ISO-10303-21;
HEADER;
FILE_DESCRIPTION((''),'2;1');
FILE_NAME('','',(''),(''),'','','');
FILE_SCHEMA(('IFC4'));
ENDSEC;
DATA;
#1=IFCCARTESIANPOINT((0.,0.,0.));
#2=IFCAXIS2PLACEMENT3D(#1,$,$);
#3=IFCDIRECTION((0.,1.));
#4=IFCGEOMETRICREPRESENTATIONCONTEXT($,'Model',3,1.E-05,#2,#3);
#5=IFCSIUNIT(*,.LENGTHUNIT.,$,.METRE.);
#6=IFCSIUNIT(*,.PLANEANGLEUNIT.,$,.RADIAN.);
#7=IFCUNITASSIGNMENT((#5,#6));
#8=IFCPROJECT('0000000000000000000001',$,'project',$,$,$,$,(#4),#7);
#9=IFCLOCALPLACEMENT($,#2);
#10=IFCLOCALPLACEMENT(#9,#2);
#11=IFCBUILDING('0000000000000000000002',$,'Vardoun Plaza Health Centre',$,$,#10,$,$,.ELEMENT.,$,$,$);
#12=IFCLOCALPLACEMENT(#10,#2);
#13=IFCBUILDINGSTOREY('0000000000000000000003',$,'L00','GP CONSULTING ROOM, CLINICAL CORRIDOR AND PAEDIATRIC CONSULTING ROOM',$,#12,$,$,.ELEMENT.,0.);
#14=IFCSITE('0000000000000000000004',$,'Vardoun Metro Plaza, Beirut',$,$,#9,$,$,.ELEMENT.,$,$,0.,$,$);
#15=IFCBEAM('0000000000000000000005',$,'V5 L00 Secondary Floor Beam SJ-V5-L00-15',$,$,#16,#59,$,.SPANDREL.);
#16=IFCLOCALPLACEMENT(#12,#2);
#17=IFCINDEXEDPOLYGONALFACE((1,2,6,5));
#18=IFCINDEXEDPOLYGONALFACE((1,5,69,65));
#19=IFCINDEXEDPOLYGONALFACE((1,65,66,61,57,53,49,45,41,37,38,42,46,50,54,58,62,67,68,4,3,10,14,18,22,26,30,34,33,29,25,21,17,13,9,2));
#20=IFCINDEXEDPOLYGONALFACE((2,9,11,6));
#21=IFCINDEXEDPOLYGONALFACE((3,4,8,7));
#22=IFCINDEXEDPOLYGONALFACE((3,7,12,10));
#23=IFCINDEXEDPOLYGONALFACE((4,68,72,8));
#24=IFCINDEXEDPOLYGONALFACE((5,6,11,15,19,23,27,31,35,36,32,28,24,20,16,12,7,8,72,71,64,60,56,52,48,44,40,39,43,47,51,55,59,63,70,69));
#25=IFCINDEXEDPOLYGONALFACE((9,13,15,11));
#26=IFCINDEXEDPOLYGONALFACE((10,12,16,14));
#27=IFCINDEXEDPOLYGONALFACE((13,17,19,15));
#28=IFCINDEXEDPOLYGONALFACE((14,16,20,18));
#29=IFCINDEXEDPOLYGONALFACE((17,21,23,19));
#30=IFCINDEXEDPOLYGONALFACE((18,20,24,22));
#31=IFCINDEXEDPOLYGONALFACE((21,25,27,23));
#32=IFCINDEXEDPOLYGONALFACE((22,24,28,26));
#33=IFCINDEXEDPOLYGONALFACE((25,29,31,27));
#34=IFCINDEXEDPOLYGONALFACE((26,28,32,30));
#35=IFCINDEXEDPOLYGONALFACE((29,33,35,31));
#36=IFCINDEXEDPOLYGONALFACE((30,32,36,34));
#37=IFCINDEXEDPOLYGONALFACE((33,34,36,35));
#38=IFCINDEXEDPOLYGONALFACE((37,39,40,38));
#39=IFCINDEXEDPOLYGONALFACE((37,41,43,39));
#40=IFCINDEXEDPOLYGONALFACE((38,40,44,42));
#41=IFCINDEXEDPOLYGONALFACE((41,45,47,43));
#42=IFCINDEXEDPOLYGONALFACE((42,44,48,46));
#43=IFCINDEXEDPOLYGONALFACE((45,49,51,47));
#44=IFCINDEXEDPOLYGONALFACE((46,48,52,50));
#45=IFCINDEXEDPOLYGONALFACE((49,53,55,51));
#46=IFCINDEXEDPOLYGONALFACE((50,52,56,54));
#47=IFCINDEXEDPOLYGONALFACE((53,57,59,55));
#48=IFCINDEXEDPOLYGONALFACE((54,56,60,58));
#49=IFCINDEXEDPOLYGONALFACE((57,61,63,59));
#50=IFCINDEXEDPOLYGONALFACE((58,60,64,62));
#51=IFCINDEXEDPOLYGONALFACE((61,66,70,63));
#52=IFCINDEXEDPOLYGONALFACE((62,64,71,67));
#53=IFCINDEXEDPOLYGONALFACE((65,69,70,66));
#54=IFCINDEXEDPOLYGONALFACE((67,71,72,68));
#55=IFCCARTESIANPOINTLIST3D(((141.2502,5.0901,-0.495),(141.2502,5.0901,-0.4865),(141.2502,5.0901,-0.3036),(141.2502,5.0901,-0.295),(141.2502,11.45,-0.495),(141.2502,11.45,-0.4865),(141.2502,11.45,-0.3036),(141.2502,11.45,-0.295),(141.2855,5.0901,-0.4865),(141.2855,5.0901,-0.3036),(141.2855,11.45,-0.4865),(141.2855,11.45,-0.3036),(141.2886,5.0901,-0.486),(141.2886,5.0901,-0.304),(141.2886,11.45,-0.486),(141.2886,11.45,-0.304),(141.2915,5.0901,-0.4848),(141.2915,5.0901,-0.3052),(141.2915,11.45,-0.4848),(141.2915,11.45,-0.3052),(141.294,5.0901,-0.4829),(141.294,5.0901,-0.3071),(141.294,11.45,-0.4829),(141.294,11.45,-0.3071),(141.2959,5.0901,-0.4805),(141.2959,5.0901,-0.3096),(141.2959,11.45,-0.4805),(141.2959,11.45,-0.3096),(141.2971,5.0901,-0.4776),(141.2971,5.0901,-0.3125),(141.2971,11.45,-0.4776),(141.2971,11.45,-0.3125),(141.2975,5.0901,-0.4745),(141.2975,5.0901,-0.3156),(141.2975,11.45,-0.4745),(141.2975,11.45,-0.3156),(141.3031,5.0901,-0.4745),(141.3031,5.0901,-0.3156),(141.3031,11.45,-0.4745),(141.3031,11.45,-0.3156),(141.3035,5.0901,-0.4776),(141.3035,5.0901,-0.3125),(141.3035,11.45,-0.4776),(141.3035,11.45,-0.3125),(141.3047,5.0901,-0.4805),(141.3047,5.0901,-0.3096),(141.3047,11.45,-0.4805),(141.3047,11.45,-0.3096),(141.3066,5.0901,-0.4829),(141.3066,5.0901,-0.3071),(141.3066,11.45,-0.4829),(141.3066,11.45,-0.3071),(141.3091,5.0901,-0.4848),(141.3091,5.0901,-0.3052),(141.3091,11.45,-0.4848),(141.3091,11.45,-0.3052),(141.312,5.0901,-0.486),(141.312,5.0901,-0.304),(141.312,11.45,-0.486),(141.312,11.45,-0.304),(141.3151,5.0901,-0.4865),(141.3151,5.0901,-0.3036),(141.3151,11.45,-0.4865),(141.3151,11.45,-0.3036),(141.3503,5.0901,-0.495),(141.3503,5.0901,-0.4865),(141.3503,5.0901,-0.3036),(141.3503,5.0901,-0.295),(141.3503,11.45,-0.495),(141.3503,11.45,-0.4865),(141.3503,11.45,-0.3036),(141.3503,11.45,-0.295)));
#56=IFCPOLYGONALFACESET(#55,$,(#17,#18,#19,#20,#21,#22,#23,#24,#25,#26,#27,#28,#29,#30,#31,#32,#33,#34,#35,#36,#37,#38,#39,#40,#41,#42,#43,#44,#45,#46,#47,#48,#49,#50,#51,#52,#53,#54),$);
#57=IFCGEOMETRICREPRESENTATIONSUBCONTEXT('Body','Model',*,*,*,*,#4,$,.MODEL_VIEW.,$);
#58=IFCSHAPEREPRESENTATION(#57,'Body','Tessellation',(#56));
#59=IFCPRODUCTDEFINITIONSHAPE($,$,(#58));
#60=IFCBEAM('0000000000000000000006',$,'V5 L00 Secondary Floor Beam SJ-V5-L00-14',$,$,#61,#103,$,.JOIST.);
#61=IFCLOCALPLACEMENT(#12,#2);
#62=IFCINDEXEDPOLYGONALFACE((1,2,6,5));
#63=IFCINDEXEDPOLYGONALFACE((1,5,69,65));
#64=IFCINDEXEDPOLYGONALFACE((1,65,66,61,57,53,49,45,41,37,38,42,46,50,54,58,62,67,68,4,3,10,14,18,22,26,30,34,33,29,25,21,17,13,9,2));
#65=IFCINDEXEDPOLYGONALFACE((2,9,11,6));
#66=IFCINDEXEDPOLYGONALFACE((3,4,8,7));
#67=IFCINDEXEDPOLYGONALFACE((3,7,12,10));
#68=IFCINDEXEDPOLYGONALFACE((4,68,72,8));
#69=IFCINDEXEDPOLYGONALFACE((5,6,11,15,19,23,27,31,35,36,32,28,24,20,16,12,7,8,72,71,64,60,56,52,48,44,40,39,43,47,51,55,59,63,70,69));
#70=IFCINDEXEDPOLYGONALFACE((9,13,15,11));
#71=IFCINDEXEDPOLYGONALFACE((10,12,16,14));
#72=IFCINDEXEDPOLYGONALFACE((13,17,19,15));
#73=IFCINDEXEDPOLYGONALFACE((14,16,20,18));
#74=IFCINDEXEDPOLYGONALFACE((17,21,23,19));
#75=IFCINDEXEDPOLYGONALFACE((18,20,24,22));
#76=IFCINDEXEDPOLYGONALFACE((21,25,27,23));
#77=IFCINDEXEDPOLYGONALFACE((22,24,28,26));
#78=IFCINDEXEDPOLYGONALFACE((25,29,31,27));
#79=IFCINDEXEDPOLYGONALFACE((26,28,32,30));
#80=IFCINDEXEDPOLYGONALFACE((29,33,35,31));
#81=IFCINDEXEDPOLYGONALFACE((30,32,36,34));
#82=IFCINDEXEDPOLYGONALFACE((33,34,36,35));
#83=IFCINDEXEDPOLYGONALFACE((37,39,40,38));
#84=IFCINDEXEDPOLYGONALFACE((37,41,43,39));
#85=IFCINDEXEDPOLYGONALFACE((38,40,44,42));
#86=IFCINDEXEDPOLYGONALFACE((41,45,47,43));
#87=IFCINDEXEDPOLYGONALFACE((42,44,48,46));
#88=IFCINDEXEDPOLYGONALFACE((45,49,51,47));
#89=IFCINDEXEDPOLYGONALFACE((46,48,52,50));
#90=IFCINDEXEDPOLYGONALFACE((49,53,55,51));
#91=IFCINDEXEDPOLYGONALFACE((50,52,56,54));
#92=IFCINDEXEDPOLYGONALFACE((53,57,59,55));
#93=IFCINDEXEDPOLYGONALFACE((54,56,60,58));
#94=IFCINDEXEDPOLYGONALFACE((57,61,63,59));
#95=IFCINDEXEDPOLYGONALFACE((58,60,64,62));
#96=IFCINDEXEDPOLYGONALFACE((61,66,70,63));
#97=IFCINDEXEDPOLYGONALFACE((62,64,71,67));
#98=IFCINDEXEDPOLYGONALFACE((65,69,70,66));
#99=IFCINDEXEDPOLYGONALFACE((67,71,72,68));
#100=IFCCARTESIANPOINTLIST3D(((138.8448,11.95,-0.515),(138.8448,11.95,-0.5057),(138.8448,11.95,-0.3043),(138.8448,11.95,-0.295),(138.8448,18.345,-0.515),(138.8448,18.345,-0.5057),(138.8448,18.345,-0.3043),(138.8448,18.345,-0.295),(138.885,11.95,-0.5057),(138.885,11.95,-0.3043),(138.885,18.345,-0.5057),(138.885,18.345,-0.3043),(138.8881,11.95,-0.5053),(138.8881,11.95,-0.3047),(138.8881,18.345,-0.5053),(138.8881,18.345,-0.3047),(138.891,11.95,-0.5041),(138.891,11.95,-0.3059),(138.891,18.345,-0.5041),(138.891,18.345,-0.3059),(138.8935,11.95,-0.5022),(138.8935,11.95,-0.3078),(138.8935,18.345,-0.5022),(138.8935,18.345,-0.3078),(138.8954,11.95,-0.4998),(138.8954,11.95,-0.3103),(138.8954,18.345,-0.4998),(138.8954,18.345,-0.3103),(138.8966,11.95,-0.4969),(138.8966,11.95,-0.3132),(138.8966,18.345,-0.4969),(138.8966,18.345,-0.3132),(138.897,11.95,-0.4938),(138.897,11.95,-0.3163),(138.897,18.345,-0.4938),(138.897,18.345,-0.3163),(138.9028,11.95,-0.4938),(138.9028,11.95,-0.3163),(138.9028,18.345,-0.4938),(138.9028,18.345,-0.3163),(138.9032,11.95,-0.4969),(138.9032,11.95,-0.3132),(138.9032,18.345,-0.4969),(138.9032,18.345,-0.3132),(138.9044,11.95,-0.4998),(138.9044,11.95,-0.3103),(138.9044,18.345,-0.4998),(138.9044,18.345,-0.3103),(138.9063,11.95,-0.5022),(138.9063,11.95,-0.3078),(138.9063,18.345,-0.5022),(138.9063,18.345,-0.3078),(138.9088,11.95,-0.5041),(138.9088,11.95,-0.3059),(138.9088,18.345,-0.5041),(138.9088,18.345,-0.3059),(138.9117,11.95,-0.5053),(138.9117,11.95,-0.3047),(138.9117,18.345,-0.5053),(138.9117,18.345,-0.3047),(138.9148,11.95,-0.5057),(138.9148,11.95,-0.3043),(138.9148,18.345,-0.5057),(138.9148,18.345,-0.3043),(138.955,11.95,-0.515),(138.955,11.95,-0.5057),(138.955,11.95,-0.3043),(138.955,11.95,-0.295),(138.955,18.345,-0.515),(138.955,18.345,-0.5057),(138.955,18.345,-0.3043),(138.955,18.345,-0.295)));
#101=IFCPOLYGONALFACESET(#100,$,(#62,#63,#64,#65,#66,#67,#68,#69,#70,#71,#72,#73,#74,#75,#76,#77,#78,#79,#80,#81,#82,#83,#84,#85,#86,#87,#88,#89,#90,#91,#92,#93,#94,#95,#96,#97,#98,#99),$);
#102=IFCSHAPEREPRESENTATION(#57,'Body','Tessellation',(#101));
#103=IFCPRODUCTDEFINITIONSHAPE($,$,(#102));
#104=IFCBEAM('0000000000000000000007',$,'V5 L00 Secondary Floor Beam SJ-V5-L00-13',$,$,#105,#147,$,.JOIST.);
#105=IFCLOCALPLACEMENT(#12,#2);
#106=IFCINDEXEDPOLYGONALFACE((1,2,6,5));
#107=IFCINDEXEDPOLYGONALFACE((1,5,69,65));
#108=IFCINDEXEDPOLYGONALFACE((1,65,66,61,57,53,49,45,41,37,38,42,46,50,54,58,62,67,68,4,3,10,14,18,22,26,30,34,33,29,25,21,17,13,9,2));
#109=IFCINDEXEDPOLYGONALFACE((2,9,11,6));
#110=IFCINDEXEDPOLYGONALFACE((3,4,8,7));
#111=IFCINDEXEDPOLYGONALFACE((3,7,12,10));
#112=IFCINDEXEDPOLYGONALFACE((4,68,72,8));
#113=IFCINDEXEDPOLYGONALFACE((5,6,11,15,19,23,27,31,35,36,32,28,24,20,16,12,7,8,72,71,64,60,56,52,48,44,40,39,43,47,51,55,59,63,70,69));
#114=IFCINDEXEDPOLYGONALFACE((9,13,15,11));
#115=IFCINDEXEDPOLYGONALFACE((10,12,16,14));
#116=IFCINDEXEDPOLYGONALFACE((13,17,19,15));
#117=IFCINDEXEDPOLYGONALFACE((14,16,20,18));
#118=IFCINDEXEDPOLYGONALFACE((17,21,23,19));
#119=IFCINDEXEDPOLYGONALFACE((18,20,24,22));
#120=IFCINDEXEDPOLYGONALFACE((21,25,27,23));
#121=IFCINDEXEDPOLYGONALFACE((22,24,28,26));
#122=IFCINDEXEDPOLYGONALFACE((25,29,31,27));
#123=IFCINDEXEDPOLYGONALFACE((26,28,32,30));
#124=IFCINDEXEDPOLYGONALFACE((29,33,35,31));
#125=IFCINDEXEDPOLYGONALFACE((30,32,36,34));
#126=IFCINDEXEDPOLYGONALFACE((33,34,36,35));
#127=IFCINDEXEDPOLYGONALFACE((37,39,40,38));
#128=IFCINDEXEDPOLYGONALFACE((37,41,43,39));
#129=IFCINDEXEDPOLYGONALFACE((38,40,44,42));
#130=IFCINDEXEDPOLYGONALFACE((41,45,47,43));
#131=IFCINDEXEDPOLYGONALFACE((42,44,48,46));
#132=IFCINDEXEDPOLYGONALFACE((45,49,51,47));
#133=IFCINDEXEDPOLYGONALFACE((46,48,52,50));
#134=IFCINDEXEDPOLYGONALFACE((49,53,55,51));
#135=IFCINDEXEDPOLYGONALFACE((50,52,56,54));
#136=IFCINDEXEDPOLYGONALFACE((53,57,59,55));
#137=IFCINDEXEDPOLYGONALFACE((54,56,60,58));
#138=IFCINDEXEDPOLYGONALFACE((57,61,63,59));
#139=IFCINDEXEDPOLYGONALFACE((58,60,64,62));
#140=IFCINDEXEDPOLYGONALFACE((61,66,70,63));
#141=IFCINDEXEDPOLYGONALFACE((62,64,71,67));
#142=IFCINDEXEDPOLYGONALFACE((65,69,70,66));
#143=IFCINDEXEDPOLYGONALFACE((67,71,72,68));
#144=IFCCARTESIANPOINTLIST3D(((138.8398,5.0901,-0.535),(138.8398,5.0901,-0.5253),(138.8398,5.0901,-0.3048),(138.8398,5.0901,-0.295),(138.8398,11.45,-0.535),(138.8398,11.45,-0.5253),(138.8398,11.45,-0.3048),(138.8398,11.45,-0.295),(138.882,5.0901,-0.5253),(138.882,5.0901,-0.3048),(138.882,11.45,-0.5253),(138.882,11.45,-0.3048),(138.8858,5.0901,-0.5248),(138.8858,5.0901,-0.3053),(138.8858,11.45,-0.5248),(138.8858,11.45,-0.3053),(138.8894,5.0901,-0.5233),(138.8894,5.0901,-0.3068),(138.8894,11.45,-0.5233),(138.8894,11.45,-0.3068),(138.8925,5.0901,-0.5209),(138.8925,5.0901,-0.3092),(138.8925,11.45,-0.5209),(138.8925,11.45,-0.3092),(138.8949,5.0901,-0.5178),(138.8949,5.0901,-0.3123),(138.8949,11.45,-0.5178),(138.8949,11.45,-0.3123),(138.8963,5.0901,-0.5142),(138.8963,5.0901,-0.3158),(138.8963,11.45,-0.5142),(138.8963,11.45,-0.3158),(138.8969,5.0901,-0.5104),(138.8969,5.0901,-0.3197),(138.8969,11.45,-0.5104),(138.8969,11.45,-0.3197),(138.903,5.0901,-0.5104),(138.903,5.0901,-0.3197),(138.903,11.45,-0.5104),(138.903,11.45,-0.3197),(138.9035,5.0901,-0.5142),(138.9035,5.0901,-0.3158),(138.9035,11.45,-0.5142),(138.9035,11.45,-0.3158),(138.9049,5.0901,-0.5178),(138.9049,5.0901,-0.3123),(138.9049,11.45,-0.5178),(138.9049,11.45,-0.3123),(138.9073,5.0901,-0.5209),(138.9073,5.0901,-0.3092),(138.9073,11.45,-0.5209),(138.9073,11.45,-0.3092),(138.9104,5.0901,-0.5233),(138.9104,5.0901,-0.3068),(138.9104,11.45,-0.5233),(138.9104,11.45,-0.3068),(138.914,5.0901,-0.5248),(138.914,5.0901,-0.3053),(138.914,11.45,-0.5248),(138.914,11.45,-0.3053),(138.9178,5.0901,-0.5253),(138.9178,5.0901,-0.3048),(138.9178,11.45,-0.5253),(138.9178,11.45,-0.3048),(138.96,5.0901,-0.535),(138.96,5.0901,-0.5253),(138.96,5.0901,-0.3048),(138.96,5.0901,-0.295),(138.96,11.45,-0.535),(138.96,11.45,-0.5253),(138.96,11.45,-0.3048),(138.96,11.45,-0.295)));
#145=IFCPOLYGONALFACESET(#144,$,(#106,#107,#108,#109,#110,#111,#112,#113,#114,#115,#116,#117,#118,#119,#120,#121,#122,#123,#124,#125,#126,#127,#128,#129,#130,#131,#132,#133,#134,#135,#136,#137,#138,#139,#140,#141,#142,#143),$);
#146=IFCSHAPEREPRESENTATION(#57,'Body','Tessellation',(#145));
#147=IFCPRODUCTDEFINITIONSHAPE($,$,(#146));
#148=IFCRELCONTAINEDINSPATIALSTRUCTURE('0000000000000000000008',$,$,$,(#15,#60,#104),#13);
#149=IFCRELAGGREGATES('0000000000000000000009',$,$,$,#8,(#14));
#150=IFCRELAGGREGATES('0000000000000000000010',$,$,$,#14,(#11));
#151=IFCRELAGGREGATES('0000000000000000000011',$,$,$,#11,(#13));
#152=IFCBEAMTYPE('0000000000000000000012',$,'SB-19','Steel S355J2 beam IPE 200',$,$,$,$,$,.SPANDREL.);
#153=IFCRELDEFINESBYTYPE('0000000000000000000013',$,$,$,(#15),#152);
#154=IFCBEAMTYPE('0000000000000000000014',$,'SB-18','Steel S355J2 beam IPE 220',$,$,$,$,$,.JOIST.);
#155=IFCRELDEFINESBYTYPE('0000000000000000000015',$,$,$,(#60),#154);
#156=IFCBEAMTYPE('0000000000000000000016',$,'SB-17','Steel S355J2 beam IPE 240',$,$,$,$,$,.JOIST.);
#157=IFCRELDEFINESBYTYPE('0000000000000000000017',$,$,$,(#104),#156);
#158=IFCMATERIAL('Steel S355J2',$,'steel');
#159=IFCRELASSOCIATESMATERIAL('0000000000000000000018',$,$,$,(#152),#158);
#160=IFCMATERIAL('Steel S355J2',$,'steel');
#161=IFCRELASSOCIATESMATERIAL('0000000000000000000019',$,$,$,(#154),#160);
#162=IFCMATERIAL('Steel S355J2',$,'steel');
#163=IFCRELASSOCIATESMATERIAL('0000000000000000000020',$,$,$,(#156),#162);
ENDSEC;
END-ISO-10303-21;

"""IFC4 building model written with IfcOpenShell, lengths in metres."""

from ifc_helpers import new_model, si_unit, direction, frame, origin, origin_2d, place, context, subcontext, project, spatial, i_section, extrude, material, material_profile, profile_set, type_object, element, save


model = new_model("IFC4")

# Units and contexts
model_context = context("Model", 3, precision=1e-05, world=origin(), true_north=direction((0.0, 1.0)))
body_context = subcontext(model_context, "Body", "Model", "MODEL_VIEW")
ifc_project = project(units=[si_unit("LENGTHUNIT", "METRE"), si_unit("PLANEANGLEUNIT", "RADIAN")], contexts=[model_context])

# Site, building, storey
site_placement = place(None, origin())
site = spatial("IfcSite", under=ifc_project, at=site_placement, Name="Vardoun Metro Plaza, Beirut", CompositionType="ELEMENT", RefElevation=0.0)
building_placement = place(site_placement, origin())
building = spatial("IfcBuilding", under=site, at=building_placement, Name="Vardoun Plaza Health Centre", CompositionType="ELEMENT")
storey_placement = place(building_placement, origin())
storey = spatial("IfcBuildingStorey", under=building, at=storey_placement, Name="L00", Description="GP CONSULTING ROOM, CLINICAL CORRIDOR AND PAEDIATRIC CONSULTING ROOM", CompositionType="ELEMENT", Elevation=0.0)

# Beams
ifc_material_1 = material(Name="Steel S355J2", Category="steel")
ifc_material_profile_1 = material_profile(ifc_material_1, i_section(OverallWidth=0.1001, OverallDepth=0.2, WebThickness=0.0056, FlangeThickness=0.0085, FilletRadius=0.012, at=origin_2d()), Name="IPE 200")
ifc_profile_set_1 = profile_set([ifc_material_profile_1], Name="Steel S355J2")
beam_type_1 = type_object("IfcBeamType", Name="SB-19", Description="Steel S355J2 beam IPE 200", PredefinedType="SPANDREL", material=ifc_profile_set_1)
beam_1_placement = place(storey_placement, frame((141.3003, 5.0901, -0.395), z_axis=(0.0, 1.0, 0.0), x_axis=(-1.0, 0.0, 0.0)))
element("IfcBeam", 1, at=beam_1_placement, inside=storey, type_object=beam_type_1, Name="V5 L00 Secondary Floor Beam SJ-V5-L00-15", PredefinedType="SPANDREL", context=body_context, shape_type="SweptSolid", body=[
    extrude(i_section(OverallWidth=0.1001, OverallDepth=0.2, WebThickness=0.0056, FlangeThickness=0.0085, FilletRadius=0.012, at=origin_2d()), origin(), (0.0, 0.0, 1.0), 6.3599),
])
ifc_material_2 = material(Name="Steel S355J2", Category="steel")
ifc_material_profile_2 = material_profile(ifc_material_2, i_section(OverallWidth=0.1101, OverallDepth=0.22, WebThickness=0.0059, FlangeThickness=0.0093, FilletRadius=0.012, at=origin_2d()), Name="IPE 220")
ifc_profile_set_2 = profile_set([ifc_material_profile_2], Name="Steel S355J2")
beam_type_2 = type_object("IfcBeamType", Name="SB-18", Description="Steel S355J2 beam IPE 220", PredefinedType="JOIST", material=ifc_profile_set_2)
beam_2_placement = place(storey_placement, frame((138.8999, 11.95, -0.405), z_axis=(0.0, 1.0, 0.0), x_axis=(-1.0, 0.0, 0.0)))
element("IfcBeam", 2, at=beam_2_placement, inside=storey, type_object=beam_type_2, Name="V5 L00 Secondary Floor Beam SJ-V5-L00-14", PredefinedType="JOIST", context=body_context, shape_type="SweptSolid", body=[
    extrude(i_section(OverallWidth=0.1101, OverallDepth=0.22, WebThickness=0.0059, FlangeThickness=0.0093, FilletRadius=0.012, at=origin_2d()), origin(), (0.0, 0.0, 1.0), 6.395),
])
ifc_material_3 = material(Name="Steel S355J2", Category="steel")
ifc_material_profile_3 = material_profile(ifc_material_3, i_section(OverallWidth=0.1201, OverallDepth=0.24, WebThickness=0.0061, FlangeThickness=0.0098, FilletRadius=0.0149, at=origin_2d()), Name="IPE 240")
ifc_profile_set_3 = profile_set([ifc_material_profile_3], Name="Steel S355J2")
beam_type_3 = type_object("IfcBeamType", Name="SB-17", Description="Steel S355J2 beam IPE 240", PredefinedType="JOIST", material=ifc_profile_set_3)
beam_3_placement = place(storey_placement, frame((138.8999, 5.0901, -0.415), z_axis=(0.0, 1.0, 0.0), x_axis=(-1.0, 0.0, 0.0)))
element("IfcBeam", 3, at=beam_3_placement, inside=storey, type_object=beam_type_3, Name="V5 L00 Secondary Floor Beam SJ-V5-L00-13", PredefinedType="JOIST", context=body_context, shape_type="SweptSolid", body=[
    extrude(i_section(OverallWidth=0.1201, OverallDepth=0.24, WebThickness=0.0061, FlangeThickness=0.0098, FilletRadius=0.0149, at=origin_2d()), origin(), (0.0, 0.0, 1.0), 6.3599),
])

save(model, "model.ifc")
